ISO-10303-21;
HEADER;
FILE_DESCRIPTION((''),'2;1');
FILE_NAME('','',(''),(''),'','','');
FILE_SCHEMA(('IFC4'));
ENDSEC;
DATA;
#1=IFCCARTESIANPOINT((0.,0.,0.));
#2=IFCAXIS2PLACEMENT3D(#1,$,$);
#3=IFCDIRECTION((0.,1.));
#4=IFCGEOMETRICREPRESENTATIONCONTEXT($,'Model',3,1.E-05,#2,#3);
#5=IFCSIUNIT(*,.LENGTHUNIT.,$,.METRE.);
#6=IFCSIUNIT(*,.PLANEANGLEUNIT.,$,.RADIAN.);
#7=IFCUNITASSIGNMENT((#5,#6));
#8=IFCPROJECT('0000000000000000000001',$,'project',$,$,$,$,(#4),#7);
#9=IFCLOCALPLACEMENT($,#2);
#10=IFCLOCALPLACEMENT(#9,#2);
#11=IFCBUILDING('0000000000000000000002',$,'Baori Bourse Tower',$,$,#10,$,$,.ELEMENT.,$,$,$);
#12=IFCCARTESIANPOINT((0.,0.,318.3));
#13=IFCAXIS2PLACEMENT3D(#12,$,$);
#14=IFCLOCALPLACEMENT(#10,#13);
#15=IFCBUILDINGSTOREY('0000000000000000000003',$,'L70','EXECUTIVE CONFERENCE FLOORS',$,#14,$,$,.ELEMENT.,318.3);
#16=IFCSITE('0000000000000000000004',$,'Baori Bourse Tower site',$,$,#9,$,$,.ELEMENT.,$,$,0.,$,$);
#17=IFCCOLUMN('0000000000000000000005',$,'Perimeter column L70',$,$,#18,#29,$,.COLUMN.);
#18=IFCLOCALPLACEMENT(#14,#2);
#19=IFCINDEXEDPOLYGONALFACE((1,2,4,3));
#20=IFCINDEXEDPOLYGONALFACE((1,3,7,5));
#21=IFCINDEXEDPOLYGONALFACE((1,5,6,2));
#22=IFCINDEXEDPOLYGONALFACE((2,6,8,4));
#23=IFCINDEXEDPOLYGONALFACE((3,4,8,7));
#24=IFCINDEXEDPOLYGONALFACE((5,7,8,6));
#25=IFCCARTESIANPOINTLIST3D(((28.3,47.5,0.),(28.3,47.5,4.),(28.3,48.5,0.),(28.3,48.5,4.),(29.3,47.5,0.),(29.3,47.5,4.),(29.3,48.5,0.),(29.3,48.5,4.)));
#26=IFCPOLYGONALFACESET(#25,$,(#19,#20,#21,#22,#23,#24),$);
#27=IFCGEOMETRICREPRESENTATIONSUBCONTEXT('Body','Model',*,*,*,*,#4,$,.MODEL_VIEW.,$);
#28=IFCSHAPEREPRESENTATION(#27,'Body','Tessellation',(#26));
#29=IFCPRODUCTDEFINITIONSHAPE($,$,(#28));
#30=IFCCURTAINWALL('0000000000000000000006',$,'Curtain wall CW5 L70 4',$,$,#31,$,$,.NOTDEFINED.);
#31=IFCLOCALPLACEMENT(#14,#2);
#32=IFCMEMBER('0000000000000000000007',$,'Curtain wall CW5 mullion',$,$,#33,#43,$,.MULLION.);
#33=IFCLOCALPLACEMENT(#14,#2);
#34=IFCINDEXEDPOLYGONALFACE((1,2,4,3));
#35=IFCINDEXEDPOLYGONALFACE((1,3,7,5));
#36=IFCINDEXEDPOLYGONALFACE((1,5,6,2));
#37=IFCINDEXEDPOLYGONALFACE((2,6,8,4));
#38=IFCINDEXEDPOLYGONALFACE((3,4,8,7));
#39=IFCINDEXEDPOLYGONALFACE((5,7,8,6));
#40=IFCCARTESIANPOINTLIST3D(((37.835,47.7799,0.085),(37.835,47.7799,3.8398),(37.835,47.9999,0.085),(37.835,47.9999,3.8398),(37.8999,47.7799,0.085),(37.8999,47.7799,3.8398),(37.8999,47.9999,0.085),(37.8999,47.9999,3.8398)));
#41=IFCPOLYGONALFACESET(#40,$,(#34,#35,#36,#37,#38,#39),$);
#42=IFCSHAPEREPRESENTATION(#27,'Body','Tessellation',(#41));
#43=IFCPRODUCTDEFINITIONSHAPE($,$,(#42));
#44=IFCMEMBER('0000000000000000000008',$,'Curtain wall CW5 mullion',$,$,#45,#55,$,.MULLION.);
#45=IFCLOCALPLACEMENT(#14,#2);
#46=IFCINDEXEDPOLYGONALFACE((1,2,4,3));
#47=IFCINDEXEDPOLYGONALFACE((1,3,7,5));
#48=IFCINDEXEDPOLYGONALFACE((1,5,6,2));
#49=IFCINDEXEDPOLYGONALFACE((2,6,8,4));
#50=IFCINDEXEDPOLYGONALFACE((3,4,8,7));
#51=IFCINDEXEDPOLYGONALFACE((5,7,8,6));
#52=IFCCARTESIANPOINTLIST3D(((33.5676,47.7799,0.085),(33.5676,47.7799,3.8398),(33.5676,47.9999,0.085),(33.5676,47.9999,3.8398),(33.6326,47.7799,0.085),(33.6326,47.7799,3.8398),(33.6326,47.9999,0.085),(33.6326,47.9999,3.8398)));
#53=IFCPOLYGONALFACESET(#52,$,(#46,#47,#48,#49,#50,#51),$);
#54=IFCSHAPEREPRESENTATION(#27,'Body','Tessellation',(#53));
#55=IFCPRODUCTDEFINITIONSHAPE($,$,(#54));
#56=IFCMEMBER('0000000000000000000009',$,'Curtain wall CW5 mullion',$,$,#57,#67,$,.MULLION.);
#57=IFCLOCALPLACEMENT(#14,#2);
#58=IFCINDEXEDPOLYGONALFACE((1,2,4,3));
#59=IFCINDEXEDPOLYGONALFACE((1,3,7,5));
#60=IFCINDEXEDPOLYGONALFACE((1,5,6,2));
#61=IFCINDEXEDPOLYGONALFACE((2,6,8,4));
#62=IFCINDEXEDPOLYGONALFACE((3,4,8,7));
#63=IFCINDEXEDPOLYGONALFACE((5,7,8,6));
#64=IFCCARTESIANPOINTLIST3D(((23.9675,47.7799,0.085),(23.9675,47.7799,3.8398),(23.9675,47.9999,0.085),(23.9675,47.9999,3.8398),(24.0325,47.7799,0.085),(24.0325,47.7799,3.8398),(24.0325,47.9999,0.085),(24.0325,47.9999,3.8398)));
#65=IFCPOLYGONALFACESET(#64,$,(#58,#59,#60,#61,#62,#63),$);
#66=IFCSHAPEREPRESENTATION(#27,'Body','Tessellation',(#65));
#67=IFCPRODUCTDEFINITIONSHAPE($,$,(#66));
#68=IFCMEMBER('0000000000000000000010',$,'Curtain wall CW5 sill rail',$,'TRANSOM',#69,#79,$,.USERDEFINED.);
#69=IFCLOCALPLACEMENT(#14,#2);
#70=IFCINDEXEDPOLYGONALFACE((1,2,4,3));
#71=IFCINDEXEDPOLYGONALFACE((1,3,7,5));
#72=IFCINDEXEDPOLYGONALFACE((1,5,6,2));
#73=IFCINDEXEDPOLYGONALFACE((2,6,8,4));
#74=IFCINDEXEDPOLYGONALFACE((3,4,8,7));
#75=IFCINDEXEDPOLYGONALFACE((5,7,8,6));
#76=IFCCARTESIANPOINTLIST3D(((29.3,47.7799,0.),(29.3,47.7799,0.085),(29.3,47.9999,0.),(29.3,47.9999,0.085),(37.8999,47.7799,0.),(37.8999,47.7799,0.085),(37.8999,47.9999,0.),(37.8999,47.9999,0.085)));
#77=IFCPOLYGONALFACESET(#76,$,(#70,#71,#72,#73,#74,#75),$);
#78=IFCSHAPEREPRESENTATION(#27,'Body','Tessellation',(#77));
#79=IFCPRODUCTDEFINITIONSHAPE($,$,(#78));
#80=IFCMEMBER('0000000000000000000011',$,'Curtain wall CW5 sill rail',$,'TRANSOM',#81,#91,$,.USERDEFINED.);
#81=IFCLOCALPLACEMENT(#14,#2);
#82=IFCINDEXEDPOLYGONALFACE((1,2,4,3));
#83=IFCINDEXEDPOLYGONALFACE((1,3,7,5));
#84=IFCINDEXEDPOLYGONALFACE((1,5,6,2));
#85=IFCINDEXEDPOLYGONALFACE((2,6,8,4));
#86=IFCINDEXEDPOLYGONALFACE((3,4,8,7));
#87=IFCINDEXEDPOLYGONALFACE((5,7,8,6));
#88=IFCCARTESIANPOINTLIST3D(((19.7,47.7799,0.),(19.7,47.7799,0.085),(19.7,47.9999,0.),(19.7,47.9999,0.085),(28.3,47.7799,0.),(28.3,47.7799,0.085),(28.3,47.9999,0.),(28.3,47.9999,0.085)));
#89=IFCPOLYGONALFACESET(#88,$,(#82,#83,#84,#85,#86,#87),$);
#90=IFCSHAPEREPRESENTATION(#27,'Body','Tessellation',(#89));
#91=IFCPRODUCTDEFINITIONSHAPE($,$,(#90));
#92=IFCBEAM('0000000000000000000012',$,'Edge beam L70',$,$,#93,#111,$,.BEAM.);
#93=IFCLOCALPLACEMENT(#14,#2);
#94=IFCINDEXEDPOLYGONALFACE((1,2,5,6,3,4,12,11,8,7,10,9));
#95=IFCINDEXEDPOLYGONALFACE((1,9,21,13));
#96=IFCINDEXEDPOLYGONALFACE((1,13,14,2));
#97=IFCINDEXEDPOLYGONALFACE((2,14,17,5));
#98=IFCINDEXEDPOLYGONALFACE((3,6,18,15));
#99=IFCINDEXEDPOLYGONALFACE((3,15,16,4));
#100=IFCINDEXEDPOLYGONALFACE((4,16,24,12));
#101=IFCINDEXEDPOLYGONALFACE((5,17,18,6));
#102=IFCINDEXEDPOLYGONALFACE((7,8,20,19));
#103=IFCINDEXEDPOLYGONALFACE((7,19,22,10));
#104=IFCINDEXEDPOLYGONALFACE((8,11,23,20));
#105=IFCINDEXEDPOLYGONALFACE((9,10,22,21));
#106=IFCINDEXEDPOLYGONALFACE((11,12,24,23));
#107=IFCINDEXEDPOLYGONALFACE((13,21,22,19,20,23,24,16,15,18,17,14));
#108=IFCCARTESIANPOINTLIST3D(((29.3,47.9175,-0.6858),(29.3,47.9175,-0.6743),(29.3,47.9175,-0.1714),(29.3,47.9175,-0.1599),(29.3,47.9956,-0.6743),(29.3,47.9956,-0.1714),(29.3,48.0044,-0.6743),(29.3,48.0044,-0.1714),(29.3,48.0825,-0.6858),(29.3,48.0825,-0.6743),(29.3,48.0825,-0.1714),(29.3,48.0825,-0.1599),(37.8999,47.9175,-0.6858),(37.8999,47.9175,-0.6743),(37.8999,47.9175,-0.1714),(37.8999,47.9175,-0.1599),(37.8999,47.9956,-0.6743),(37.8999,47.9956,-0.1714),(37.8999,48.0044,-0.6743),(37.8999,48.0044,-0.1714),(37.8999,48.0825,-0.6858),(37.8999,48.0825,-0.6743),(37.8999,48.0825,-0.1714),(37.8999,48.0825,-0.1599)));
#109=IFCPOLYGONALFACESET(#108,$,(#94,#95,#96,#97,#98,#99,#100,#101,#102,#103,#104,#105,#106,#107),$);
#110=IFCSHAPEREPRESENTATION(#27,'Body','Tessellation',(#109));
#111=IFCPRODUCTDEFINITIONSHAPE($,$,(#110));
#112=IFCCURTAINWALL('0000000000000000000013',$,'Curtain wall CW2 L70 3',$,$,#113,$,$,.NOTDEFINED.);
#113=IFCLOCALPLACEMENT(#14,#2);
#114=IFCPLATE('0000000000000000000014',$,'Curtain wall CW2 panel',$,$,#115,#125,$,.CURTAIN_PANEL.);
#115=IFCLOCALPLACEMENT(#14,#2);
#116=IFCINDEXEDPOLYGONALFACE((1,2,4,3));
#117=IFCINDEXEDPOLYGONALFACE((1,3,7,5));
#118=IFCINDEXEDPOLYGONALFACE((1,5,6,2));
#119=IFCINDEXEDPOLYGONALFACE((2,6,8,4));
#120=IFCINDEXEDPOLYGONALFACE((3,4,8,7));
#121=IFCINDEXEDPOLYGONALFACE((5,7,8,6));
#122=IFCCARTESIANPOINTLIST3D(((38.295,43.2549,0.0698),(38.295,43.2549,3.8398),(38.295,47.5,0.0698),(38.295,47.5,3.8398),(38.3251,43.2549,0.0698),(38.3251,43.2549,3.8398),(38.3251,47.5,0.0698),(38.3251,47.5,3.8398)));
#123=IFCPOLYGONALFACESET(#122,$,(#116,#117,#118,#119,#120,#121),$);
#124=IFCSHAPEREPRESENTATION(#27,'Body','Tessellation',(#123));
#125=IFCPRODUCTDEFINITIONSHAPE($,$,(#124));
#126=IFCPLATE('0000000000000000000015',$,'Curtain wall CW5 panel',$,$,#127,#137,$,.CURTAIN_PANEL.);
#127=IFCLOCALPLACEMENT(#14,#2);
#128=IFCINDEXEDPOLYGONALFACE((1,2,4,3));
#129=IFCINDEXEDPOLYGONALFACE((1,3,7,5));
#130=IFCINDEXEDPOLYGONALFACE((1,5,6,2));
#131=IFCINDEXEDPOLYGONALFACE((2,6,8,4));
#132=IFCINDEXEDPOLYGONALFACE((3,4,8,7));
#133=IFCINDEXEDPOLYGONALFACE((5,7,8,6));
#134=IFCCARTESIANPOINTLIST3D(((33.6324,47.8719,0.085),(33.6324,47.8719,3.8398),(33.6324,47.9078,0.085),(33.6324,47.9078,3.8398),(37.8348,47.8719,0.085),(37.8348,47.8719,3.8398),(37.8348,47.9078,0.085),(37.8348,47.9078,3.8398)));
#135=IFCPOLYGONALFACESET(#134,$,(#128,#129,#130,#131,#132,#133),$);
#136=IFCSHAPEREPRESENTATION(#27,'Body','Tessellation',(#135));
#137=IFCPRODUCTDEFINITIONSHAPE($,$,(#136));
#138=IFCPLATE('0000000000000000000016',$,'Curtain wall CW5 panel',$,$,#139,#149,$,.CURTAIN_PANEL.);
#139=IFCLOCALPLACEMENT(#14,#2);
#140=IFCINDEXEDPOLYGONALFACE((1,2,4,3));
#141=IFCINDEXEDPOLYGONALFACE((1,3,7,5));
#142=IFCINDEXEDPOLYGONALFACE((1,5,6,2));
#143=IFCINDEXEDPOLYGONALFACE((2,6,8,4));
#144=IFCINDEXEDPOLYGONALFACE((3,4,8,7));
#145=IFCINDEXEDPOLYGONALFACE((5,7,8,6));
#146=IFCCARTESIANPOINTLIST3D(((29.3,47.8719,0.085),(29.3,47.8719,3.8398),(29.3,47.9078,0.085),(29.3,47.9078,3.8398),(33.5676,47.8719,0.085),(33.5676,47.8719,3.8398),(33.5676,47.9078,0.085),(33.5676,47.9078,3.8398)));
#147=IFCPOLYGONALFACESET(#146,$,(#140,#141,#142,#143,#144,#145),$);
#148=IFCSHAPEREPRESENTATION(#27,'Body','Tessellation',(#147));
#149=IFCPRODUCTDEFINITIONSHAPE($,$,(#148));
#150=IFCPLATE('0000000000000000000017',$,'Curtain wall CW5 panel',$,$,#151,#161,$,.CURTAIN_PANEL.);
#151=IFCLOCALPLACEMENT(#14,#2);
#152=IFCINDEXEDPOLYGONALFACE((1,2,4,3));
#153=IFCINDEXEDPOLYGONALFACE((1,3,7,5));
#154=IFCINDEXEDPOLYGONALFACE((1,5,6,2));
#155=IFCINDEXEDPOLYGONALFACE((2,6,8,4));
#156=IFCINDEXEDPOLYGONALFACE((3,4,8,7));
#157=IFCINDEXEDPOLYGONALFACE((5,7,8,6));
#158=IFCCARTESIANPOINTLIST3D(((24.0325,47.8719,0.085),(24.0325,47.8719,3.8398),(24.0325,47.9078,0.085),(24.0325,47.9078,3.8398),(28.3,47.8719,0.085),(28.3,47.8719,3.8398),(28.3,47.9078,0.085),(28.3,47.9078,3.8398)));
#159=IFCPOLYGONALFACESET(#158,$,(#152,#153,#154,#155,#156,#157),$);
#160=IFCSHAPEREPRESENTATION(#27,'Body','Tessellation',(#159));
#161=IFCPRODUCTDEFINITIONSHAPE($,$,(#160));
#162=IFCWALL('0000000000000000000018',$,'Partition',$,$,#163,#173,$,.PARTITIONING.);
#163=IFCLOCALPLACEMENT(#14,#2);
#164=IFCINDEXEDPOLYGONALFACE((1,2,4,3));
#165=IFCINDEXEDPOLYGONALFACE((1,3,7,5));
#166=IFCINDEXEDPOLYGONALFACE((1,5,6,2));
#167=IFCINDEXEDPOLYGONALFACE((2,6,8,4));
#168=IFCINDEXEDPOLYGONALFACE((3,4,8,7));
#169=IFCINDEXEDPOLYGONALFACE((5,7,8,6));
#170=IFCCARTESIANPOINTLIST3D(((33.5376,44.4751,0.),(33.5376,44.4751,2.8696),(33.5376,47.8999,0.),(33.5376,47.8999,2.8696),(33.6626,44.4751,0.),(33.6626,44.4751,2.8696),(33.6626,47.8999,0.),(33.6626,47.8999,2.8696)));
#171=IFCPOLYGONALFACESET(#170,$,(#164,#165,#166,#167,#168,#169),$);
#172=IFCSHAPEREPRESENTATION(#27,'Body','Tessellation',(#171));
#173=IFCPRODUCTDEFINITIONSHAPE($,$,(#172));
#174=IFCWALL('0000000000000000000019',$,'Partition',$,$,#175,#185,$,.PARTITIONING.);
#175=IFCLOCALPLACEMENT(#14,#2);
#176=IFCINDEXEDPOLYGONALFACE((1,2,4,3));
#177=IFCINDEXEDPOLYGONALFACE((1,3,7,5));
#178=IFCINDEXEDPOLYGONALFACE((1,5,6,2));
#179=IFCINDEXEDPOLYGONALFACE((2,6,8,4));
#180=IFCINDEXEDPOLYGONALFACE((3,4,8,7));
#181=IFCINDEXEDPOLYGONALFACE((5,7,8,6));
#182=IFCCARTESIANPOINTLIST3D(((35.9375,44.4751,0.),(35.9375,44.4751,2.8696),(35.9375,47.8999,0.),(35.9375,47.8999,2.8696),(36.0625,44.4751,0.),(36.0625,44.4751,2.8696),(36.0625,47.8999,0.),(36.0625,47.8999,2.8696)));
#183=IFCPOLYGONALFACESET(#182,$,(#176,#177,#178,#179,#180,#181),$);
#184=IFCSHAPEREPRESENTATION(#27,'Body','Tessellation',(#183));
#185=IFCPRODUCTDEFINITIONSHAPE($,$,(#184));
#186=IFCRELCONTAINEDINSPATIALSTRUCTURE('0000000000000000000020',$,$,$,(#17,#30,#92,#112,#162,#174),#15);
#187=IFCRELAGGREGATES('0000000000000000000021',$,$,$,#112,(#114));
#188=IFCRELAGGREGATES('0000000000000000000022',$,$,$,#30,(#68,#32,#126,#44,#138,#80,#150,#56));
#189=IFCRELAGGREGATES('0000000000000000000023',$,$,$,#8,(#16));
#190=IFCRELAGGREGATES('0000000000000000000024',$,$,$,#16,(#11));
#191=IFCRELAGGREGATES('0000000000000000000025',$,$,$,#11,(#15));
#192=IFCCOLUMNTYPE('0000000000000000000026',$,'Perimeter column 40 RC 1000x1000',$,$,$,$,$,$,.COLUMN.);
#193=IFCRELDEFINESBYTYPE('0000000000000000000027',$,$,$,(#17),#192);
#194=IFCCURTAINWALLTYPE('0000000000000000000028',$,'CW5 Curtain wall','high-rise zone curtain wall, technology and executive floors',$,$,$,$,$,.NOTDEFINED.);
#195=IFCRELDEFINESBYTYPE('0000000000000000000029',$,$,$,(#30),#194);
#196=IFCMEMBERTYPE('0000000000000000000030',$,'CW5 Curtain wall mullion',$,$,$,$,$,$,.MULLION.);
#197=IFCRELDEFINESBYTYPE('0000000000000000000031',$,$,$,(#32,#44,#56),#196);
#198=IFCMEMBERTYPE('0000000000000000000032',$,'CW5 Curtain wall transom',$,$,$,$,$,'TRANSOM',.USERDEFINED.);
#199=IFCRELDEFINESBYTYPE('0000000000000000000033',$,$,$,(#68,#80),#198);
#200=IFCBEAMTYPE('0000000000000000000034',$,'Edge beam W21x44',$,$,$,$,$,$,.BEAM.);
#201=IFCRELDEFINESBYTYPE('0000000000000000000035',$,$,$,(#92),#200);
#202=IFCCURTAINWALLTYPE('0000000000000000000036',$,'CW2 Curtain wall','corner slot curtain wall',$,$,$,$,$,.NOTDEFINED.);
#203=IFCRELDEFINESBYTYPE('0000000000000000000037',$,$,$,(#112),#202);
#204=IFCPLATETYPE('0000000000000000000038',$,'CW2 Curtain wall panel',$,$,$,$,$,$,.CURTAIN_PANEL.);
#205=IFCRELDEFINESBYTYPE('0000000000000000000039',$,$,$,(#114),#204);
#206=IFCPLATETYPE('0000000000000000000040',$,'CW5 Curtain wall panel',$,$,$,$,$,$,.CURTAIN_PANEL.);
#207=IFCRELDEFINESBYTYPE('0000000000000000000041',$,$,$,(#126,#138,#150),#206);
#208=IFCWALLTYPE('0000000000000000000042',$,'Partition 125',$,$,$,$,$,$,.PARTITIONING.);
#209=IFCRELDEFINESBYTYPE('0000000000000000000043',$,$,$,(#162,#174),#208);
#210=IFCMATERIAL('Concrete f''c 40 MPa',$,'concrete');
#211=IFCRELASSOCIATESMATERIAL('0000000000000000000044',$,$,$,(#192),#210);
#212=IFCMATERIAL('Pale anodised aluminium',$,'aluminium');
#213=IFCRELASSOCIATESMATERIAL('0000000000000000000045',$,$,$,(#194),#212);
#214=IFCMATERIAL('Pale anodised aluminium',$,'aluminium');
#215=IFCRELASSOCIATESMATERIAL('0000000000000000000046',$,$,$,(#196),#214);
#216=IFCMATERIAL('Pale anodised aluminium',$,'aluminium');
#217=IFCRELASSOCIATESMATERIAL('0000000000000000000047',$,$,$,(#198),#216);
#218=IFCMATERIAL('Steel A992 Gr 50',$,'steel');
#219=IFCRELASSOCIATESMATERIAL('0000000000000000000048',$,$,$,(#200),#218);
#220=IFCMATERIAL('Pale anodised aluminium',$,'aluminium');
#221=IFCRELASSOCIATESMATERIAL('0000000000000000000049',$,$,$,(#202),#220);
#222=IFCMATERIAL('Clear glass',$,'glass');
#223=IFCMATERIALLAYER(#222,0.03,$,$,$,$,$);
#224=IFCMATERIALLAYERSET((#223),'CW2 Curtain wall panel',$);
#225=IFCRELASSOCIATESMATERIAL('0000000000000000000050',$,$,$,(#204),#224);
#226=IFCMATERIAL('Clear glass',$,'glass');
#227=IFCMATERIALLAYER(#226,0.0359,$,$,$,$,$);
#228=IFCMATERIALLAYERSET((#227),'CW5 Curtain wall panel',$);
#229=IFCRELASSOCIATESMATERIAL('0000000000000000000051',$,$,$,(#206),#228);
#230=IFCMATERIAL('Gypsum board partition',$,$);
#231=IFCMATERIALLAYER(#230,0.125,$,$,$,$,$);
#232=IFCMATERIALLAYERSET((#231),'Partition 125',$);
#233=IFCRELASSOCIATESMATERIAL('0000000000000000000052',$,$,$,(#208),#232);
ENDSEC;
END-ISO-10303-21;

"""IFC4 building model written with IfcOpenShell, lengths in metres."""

from ifc_helpers import new_model, si_unit, direction, frame, frame_2d, origin, origin_2d, place, context, subcontext, project, spatial, rectangle, i_section, extrude, material, layer, layer_set, material_profile, profile_set, type_object, element, aggregate, save


model = new_model("IFC4")

# Units and contexts
model_context = context("Model", 3, precision=1e-05, world=origin(), true_north=direction((0.0, 1.0)))
body_context = subcontext(model_context, "Body", "Model", "MODEL_VIEW")
ifc_project = project(units=[si_unit("LENGTHUNIT", "METRE"), si_unit("PLANEANGLEUNIT", "RADIAN")], contexts=[model_context])

# Site, building, storey
site_placement = place(None, origin())
site = spatial("IfcSite", under=ifc_project, at=site_placement, Name="Baori Bourse Tower site", CompositionType="ELEMENT", RefElevation=0.0)
building_placement = place(site_placement, origin())
building = spatial("IfcBuilding", under=site, at=building_placement, Name="Baori Bourse Tower", CompositionType="ELEMENT")
storey_placement = place(building_placement, frame((0.0, 0.0, 318.3)))
storey = spatial("IfcBuildingStorey", under=building, at=storey_placement, Name="L70", Description="EXECUTIVE CONFERENCE FLOORS", CompositionType="ELEMENT", Elevation=318.3)

# Column
ifc_material_1 = material(Name="Concrete f'c 40 MPa", Category="concrete")
ifc_material_profile_1 = material_profile(ifc_material_1, rectangle(XDim=1.0, YDim=1.0, at=origin_2d()), Name="RC 1000x1000")
ifc_profile_set_1 = profile_set([ifc_material_profile_1], Name="Concrete f'c 40 MPa")
column_type = type_object("IfcColumnType", Name="Perimeter column 40 RC 1000x1000", PredefinedType="COLUMN", material=ifc_profile_set_1)
column_placement = place(storey_placement, frame((28.8, 48.0, 0.0), z_axis=(0.0, 0.0, 1.0), x_axis=(1.0, 0.0, 0.0)))
element("IfcColumn", 1, at=column_placement, inside=storey, type_object=column_type, Name="Perimeter column L70", PredefinedType="COLUMN", context=body_context, shape_type="SweptSolid", body=[
    extrude(rectangle(XDim=1.0, YDim=1.0, at=origin_2d()), origin(), (0.0, 0.0, 1.0), 4.0),
])

# Curtain wall, members
ifc_material_2 = material(Name="Pale anodised aluminium", Category="aluminium")
curtain_wall_type_1 = type_object("IfcCurtainWallType", Name="CW5 Curtain wall", Description="high-rise zone curtain wall, technology and executive floors", PredefinedType="NOTDEFINED", material=ifc_material_2)
curtain_wall_1_placement = place(storey_placement, origin())
curtain_wall_1 = element("IfcCurtainWall", 2, at=curtain_wall_1_placement, inside=storey, type_object=curtain_wall_type_1, Name="Curtain wall CW5 L70 4", PredefinedType="NOTDEFINED")
ifc_material_3 = material(Name="Pale anodised aluminium", Category="aluminium")
ifc_material_profile_2 = material_profile(ifc_material_3, rectangle(XDim=0.22, YDim=0.0649, at=origin_2d()), Name="Mullion 65x220")
ifc_profile_set_2 = profile_set([ifc_material_profile_2], Name="Pale anodised aluminium")
member_type_1 = type_object("IfcMemberType", Name="CW5 Curtain wall mullion", PredefinedType="MULLION", material=ifc_profile_set_2)
member_1_placement = place(storey_placement, frame((37.8674, 47.8899, 0.085), z_axis=(0.0, 0.0, 1.0), x_axis=(0.0, -1.0, 0.0)))
member_1 = element("IfcMember", 3, at=member_1_placement, type_object=member_type_1, Name="Curtain wall CW5 mullion", PredefinedType="MULLION", context=body_context, shape_type="SweptSolid", body=[
    extrude(rectangle(XDim=0.22, YDim=0.0649, at=origin_2d()), origin(), (0.0, 0.0, 1.0), 3.7549),
])
member_2_placement = place(storey_placement, frame((33.6001, 47.8899, 0.085), z_axis=(0.0, 0.0, 1.0), x_axis=(0.0, -1.0, 0.0)))
member_2 = element("IfcMember", 4, at=member_2_placement, type_object=member_type_1, Name="Curtain wall CW5 mullion", PredefinedType="MULLION", context=body_context, shape_type="SweptSolid", body=[
    extrude(rectangle(XDim=0.22, YDim=0.0649, at=origin_2d()), origin(), (0.0, 0.0, 1.0), 3.7549),
])
member_3_placement = place(storey_placement, frame((24.0, 47.8899, 0.085), z_axis=(0.0, 0.0, 1.0), x_axis=(0.0, -1.0, 0.0)))
member_3 = element("IfcMember", 5, at=member_3_placement, type_object=member_type_1, Name="Curtain wall CW5 mullion", PredefinedType="MULLION", context=body_context, shape_type="SweptSolid", body=[
    extrude(rectangle(XDim=0.22, YDim=0.0649, at=origin_2d()), origin(), (0.0, 0.0, 1.0), 3.7549),
])
ifc_material_4 = material(Name="Pale anodised aluminium", Category="aluminium")
ifc_material_profile_3 = material_profile(ifc_material_4, rectangle(XDim=0.22, YDim=0.085, at=origin_2d()), Name="Transom 85x220")
ifc_profile_set_3 = profile_set([ifc_material_profile_3], Name="Pale anodised aluminium")
member_type_2 = type_object("IfcMemberType", Name="CW5 Curtain wall transom", ElementType="TRANSOM", PredefinedType="USERDEFINED", material=ifc_profile_set_3)
member_4_placement = place(storey_placement, frame((37.8999, 47.8899, 0.0425), z_axis=(-1.0, 0.0, 0.0), x_axis=(0.0, -1.0, 0.0)))
member_4 = element("IfcMember", 6, at=member_4_placement, type_object=member_type_2, Name="Curtain wall CW5 sill rail", ObjectType="TRANSOM", PredefinedType="USERDEFINED", context=body_context, shape_type="SweptSolid", body=[
    extrude(rectangle(XDim=0.22, YDim=0.085, at=origin_2d()), origin(), (0.0, 0.0, 1.0), 8.5999),
])
member_5_placement = place(storey_placement, frame((28.3, 47.8899, 0.0425), z_axis=(-1.0, 0.0, 0.0), x_axis=(0.0, -1.0, 0.0)))
member_5 = element("IfcMember", 7, at=member_5_placement, type_object=member_type_2, Name="Curtain wall CW5 sill rail", ObjectType="TRANSOM", PredefinedType="USERDEFINED", context=body_context, shape_type="SweptSolid", body=[
    extrude(rectangle(XDim=0.22, YDim=0.085, at=origin_2d()), origin(), (0.0, 0.0, 1.0), 8.6001),
])

# Beam
ifc_material_5 = material(Name="Steel A992 Gr 50", Category="steel")
ifc_material_profile_4 = material_profile(ifc_material_5, i_section(OverallWidth=0.165, OverallDepth=0.5259, WebThickness=0.0088, FlangeThickness=0.0115, at=origin_2d()), Name="W21x44")
ifc_profile_set_4 = profile_set([ifc_material_profile_4], Name="Steel A992 Gr 50")
beam_type = type_object("IfcBeamType", Name="Edge beam W21x44", PredefinedType="BEAM", material=ifc_profile_set_4)
beam_placement = place(storey_placement, frame((29.3, 48.0, -0.4229), z_axis=(1.0, 0.0, 0.0), x_axis=(0.0, 1.0, 0.0)))
element("IfcBeam", 8, at=beam_placement, inside=storey, type_object=beam_type, Name="Edge beam L70", PredefinedType="BEAM", context=body_context, shape_type="SweptSolid", body=[
    extrude(i_section(OverallWidth=0.165, OverallDepth=0.5259, WebThickness=0.0088, FlangeThickness=0.0115, at=origin_2d()), origin(), (0.0, 0.0, 1.0), 8.5999),
])

# Curtain wall, plate
ifc_material_6 = material(Name="Pale anodised aluminium", Category="aluminium")
curtain_wall_type_2 = type_object("IfcCurtainWallType", Name="CW2 Curtain wall", Description="corner slot curtain wall", PredefinedType="NOTDEFINED", material=ifc_material_6)
curtain_wall_2_placement = place(storey_placement, origin())
curtain_wall_2 = element("IfcCurtainWall", 9, at=curtain_wall_2_placement, inside=storey, type_object=curtain_wall_type_2, Name="Curtain wall CW2 L70 3", PredefinedType="NOTDEFINED")
ifc_material_7 = material(Name="Clear glass", Category="glass")
ifc_layer_1 = layer(ifc_material_7, 0.03)
ifc_layer_set_1 = layer_set([ifc_layer_1], Name="CW2 Curtain wall panel")
plate_type_1 = type_object("IfcPlateType", Name="CW2 Curtain wall panel", PredefinedType="CURTAIN_PANEL", material=ifc_layer_set_1)
plate_1_placement = place(storey_placement, frame((38.3101, 45.3774, 0.0698), z_axis=(0.0, 0.0, 1.0), x_axis=(0.0, 1.0, 0.0)))
plate_1 = element("IfcPlate", 10, at=plate_1_placement, type_object=plate_type_1, Name="Curtain wall CW2 panel", PredefinedType="CURTAIN_PANEL", context=body_context, shape_type="SweptSolid", body=[
    extrude(rectangle(XDim=4.2451, YDim=0.03, at=origin_2d()), origin(), (0.0, 0.0, 1.0), 3.77),
])
aggregate(curtain_wall_2, [plate_1])

# Plates
ifc_material_8 = material(Name="Clear glass", Category="glass")
ifc_layer_2 = layer(ifc_material_8, 0.0359)
ifc_layer_set_2 = layer_set([ifc_layer_2], Name="CW5 Curtain wall panel")
plate_type_2 = type_object("IfcPlateType", Name="CW5 Curtain wall panel", PredefinedType="CURTAIN_PANEL", material=ifc_layer_set_2)
plate_2_placement = place(storey_placement, frame((35.7336, 47.8899, 0.085), z_axis=(0.0, 0.0, 1.0), x_axis=(-1.0, 0.0, 0.0)))
plate_2 = element("IfcPlate", 11, at=plate_2_placement, type_object=plate_type_2, Name="Curtain wall CW5 panel", PredefinedType="CURTAIN_PANEL", context=body_context, shape_type="SweptSolid", body=[
    extrude(rectangle(XDim=4.2024, YDim=0.0359, at=origin_2d()), origin(), (0.0, 0.0, 1.0), 3.7549),
])
plate_3_placement = place(storey_placement, frame((31.4338, 47.8899, 0.085), z_axis=(0.0, 0.0, 1.0), x_axis=(-1.0, 0.0, 0.0)))
plate_3 = element("IfcPlate", 12, at=plate_3_placement, type_object=plate_type_2, Name="Curtain wall CW5 panel", PredefinedType="CURTAIN_PANEL", context=body_context, shape_type="SweptSolid", body=[
    extrude(rectangle(XDim=4.2676, YDim=0.0359, at=origin_2d()), origin(), (0.0, 0.0, 1.0), 3.7549),
])
plate_4_placement = place(storey_placement, frame((26.1663, 47.8899, 0.085), z_axis=(0.0, 0.0, 1.0), x_axis=(-1.0, 0.0, 0.0)))
plate_4 = element("IfcPlate", 13, at=plate_4_placement, type_object=plate_type_2, Name="Curtain wall CW5 panel", PredefinedType="CURTAIN_PANEL", context=body_context, shape_type="SweptSolid", body=[
    extrude(rectangle(XDim=4.2676, YDim=0.0359, at=origin_2d()), origin(), (0.0, 0.0, 1.0), 3.7549),
])
aggregate(curtain_wall_1, [member_4, member_1, plate_2, member_2, plate_3, member_5, plate_4, member_3])

# Walls
ifc_material_9 = material(Name="Gypsum board partition")
ifc_layer_3 = layer(ifc_material_9, 0.125)
ifc_layer_set_3 = layer_set([ifc_layer_3], Name="Partition 125")
wall_type = type_object("IfcWallType", Name="Partition 125", PredefinedType="PARTITIONING", material=ifc_layer_set_3)
for number, where, z_axis, x_axis, name in (
    (14, (33.6001, 44.4751, 0.0), (0.0, 0.0, 1.0), (0.0, 1.0, 0.0), "Partition"),
    (15, (36.0, 44.4751, 0.0), (0.0, 0.0, 1.0), (0.0, 1.0, 0.0), "Partition"),
):
    element("IfcWall", number, at=place(storey_placement, frame(where, z_axis=z_axis, x_axis=x_axis)), inside=storey, type_object=wall_type, Name=name, PredefinedType="PARTITIONING", context=body_context, shape_type="SweptSolid", body=[
        extrude(rectangle(XDim=3.4248, YDim=0.125, at=frame_2d((1.7124, 0.0))), origin(), (0.0, 0.0, 1.0), 2.8696),
    ])

save(model, "model.ifc")
